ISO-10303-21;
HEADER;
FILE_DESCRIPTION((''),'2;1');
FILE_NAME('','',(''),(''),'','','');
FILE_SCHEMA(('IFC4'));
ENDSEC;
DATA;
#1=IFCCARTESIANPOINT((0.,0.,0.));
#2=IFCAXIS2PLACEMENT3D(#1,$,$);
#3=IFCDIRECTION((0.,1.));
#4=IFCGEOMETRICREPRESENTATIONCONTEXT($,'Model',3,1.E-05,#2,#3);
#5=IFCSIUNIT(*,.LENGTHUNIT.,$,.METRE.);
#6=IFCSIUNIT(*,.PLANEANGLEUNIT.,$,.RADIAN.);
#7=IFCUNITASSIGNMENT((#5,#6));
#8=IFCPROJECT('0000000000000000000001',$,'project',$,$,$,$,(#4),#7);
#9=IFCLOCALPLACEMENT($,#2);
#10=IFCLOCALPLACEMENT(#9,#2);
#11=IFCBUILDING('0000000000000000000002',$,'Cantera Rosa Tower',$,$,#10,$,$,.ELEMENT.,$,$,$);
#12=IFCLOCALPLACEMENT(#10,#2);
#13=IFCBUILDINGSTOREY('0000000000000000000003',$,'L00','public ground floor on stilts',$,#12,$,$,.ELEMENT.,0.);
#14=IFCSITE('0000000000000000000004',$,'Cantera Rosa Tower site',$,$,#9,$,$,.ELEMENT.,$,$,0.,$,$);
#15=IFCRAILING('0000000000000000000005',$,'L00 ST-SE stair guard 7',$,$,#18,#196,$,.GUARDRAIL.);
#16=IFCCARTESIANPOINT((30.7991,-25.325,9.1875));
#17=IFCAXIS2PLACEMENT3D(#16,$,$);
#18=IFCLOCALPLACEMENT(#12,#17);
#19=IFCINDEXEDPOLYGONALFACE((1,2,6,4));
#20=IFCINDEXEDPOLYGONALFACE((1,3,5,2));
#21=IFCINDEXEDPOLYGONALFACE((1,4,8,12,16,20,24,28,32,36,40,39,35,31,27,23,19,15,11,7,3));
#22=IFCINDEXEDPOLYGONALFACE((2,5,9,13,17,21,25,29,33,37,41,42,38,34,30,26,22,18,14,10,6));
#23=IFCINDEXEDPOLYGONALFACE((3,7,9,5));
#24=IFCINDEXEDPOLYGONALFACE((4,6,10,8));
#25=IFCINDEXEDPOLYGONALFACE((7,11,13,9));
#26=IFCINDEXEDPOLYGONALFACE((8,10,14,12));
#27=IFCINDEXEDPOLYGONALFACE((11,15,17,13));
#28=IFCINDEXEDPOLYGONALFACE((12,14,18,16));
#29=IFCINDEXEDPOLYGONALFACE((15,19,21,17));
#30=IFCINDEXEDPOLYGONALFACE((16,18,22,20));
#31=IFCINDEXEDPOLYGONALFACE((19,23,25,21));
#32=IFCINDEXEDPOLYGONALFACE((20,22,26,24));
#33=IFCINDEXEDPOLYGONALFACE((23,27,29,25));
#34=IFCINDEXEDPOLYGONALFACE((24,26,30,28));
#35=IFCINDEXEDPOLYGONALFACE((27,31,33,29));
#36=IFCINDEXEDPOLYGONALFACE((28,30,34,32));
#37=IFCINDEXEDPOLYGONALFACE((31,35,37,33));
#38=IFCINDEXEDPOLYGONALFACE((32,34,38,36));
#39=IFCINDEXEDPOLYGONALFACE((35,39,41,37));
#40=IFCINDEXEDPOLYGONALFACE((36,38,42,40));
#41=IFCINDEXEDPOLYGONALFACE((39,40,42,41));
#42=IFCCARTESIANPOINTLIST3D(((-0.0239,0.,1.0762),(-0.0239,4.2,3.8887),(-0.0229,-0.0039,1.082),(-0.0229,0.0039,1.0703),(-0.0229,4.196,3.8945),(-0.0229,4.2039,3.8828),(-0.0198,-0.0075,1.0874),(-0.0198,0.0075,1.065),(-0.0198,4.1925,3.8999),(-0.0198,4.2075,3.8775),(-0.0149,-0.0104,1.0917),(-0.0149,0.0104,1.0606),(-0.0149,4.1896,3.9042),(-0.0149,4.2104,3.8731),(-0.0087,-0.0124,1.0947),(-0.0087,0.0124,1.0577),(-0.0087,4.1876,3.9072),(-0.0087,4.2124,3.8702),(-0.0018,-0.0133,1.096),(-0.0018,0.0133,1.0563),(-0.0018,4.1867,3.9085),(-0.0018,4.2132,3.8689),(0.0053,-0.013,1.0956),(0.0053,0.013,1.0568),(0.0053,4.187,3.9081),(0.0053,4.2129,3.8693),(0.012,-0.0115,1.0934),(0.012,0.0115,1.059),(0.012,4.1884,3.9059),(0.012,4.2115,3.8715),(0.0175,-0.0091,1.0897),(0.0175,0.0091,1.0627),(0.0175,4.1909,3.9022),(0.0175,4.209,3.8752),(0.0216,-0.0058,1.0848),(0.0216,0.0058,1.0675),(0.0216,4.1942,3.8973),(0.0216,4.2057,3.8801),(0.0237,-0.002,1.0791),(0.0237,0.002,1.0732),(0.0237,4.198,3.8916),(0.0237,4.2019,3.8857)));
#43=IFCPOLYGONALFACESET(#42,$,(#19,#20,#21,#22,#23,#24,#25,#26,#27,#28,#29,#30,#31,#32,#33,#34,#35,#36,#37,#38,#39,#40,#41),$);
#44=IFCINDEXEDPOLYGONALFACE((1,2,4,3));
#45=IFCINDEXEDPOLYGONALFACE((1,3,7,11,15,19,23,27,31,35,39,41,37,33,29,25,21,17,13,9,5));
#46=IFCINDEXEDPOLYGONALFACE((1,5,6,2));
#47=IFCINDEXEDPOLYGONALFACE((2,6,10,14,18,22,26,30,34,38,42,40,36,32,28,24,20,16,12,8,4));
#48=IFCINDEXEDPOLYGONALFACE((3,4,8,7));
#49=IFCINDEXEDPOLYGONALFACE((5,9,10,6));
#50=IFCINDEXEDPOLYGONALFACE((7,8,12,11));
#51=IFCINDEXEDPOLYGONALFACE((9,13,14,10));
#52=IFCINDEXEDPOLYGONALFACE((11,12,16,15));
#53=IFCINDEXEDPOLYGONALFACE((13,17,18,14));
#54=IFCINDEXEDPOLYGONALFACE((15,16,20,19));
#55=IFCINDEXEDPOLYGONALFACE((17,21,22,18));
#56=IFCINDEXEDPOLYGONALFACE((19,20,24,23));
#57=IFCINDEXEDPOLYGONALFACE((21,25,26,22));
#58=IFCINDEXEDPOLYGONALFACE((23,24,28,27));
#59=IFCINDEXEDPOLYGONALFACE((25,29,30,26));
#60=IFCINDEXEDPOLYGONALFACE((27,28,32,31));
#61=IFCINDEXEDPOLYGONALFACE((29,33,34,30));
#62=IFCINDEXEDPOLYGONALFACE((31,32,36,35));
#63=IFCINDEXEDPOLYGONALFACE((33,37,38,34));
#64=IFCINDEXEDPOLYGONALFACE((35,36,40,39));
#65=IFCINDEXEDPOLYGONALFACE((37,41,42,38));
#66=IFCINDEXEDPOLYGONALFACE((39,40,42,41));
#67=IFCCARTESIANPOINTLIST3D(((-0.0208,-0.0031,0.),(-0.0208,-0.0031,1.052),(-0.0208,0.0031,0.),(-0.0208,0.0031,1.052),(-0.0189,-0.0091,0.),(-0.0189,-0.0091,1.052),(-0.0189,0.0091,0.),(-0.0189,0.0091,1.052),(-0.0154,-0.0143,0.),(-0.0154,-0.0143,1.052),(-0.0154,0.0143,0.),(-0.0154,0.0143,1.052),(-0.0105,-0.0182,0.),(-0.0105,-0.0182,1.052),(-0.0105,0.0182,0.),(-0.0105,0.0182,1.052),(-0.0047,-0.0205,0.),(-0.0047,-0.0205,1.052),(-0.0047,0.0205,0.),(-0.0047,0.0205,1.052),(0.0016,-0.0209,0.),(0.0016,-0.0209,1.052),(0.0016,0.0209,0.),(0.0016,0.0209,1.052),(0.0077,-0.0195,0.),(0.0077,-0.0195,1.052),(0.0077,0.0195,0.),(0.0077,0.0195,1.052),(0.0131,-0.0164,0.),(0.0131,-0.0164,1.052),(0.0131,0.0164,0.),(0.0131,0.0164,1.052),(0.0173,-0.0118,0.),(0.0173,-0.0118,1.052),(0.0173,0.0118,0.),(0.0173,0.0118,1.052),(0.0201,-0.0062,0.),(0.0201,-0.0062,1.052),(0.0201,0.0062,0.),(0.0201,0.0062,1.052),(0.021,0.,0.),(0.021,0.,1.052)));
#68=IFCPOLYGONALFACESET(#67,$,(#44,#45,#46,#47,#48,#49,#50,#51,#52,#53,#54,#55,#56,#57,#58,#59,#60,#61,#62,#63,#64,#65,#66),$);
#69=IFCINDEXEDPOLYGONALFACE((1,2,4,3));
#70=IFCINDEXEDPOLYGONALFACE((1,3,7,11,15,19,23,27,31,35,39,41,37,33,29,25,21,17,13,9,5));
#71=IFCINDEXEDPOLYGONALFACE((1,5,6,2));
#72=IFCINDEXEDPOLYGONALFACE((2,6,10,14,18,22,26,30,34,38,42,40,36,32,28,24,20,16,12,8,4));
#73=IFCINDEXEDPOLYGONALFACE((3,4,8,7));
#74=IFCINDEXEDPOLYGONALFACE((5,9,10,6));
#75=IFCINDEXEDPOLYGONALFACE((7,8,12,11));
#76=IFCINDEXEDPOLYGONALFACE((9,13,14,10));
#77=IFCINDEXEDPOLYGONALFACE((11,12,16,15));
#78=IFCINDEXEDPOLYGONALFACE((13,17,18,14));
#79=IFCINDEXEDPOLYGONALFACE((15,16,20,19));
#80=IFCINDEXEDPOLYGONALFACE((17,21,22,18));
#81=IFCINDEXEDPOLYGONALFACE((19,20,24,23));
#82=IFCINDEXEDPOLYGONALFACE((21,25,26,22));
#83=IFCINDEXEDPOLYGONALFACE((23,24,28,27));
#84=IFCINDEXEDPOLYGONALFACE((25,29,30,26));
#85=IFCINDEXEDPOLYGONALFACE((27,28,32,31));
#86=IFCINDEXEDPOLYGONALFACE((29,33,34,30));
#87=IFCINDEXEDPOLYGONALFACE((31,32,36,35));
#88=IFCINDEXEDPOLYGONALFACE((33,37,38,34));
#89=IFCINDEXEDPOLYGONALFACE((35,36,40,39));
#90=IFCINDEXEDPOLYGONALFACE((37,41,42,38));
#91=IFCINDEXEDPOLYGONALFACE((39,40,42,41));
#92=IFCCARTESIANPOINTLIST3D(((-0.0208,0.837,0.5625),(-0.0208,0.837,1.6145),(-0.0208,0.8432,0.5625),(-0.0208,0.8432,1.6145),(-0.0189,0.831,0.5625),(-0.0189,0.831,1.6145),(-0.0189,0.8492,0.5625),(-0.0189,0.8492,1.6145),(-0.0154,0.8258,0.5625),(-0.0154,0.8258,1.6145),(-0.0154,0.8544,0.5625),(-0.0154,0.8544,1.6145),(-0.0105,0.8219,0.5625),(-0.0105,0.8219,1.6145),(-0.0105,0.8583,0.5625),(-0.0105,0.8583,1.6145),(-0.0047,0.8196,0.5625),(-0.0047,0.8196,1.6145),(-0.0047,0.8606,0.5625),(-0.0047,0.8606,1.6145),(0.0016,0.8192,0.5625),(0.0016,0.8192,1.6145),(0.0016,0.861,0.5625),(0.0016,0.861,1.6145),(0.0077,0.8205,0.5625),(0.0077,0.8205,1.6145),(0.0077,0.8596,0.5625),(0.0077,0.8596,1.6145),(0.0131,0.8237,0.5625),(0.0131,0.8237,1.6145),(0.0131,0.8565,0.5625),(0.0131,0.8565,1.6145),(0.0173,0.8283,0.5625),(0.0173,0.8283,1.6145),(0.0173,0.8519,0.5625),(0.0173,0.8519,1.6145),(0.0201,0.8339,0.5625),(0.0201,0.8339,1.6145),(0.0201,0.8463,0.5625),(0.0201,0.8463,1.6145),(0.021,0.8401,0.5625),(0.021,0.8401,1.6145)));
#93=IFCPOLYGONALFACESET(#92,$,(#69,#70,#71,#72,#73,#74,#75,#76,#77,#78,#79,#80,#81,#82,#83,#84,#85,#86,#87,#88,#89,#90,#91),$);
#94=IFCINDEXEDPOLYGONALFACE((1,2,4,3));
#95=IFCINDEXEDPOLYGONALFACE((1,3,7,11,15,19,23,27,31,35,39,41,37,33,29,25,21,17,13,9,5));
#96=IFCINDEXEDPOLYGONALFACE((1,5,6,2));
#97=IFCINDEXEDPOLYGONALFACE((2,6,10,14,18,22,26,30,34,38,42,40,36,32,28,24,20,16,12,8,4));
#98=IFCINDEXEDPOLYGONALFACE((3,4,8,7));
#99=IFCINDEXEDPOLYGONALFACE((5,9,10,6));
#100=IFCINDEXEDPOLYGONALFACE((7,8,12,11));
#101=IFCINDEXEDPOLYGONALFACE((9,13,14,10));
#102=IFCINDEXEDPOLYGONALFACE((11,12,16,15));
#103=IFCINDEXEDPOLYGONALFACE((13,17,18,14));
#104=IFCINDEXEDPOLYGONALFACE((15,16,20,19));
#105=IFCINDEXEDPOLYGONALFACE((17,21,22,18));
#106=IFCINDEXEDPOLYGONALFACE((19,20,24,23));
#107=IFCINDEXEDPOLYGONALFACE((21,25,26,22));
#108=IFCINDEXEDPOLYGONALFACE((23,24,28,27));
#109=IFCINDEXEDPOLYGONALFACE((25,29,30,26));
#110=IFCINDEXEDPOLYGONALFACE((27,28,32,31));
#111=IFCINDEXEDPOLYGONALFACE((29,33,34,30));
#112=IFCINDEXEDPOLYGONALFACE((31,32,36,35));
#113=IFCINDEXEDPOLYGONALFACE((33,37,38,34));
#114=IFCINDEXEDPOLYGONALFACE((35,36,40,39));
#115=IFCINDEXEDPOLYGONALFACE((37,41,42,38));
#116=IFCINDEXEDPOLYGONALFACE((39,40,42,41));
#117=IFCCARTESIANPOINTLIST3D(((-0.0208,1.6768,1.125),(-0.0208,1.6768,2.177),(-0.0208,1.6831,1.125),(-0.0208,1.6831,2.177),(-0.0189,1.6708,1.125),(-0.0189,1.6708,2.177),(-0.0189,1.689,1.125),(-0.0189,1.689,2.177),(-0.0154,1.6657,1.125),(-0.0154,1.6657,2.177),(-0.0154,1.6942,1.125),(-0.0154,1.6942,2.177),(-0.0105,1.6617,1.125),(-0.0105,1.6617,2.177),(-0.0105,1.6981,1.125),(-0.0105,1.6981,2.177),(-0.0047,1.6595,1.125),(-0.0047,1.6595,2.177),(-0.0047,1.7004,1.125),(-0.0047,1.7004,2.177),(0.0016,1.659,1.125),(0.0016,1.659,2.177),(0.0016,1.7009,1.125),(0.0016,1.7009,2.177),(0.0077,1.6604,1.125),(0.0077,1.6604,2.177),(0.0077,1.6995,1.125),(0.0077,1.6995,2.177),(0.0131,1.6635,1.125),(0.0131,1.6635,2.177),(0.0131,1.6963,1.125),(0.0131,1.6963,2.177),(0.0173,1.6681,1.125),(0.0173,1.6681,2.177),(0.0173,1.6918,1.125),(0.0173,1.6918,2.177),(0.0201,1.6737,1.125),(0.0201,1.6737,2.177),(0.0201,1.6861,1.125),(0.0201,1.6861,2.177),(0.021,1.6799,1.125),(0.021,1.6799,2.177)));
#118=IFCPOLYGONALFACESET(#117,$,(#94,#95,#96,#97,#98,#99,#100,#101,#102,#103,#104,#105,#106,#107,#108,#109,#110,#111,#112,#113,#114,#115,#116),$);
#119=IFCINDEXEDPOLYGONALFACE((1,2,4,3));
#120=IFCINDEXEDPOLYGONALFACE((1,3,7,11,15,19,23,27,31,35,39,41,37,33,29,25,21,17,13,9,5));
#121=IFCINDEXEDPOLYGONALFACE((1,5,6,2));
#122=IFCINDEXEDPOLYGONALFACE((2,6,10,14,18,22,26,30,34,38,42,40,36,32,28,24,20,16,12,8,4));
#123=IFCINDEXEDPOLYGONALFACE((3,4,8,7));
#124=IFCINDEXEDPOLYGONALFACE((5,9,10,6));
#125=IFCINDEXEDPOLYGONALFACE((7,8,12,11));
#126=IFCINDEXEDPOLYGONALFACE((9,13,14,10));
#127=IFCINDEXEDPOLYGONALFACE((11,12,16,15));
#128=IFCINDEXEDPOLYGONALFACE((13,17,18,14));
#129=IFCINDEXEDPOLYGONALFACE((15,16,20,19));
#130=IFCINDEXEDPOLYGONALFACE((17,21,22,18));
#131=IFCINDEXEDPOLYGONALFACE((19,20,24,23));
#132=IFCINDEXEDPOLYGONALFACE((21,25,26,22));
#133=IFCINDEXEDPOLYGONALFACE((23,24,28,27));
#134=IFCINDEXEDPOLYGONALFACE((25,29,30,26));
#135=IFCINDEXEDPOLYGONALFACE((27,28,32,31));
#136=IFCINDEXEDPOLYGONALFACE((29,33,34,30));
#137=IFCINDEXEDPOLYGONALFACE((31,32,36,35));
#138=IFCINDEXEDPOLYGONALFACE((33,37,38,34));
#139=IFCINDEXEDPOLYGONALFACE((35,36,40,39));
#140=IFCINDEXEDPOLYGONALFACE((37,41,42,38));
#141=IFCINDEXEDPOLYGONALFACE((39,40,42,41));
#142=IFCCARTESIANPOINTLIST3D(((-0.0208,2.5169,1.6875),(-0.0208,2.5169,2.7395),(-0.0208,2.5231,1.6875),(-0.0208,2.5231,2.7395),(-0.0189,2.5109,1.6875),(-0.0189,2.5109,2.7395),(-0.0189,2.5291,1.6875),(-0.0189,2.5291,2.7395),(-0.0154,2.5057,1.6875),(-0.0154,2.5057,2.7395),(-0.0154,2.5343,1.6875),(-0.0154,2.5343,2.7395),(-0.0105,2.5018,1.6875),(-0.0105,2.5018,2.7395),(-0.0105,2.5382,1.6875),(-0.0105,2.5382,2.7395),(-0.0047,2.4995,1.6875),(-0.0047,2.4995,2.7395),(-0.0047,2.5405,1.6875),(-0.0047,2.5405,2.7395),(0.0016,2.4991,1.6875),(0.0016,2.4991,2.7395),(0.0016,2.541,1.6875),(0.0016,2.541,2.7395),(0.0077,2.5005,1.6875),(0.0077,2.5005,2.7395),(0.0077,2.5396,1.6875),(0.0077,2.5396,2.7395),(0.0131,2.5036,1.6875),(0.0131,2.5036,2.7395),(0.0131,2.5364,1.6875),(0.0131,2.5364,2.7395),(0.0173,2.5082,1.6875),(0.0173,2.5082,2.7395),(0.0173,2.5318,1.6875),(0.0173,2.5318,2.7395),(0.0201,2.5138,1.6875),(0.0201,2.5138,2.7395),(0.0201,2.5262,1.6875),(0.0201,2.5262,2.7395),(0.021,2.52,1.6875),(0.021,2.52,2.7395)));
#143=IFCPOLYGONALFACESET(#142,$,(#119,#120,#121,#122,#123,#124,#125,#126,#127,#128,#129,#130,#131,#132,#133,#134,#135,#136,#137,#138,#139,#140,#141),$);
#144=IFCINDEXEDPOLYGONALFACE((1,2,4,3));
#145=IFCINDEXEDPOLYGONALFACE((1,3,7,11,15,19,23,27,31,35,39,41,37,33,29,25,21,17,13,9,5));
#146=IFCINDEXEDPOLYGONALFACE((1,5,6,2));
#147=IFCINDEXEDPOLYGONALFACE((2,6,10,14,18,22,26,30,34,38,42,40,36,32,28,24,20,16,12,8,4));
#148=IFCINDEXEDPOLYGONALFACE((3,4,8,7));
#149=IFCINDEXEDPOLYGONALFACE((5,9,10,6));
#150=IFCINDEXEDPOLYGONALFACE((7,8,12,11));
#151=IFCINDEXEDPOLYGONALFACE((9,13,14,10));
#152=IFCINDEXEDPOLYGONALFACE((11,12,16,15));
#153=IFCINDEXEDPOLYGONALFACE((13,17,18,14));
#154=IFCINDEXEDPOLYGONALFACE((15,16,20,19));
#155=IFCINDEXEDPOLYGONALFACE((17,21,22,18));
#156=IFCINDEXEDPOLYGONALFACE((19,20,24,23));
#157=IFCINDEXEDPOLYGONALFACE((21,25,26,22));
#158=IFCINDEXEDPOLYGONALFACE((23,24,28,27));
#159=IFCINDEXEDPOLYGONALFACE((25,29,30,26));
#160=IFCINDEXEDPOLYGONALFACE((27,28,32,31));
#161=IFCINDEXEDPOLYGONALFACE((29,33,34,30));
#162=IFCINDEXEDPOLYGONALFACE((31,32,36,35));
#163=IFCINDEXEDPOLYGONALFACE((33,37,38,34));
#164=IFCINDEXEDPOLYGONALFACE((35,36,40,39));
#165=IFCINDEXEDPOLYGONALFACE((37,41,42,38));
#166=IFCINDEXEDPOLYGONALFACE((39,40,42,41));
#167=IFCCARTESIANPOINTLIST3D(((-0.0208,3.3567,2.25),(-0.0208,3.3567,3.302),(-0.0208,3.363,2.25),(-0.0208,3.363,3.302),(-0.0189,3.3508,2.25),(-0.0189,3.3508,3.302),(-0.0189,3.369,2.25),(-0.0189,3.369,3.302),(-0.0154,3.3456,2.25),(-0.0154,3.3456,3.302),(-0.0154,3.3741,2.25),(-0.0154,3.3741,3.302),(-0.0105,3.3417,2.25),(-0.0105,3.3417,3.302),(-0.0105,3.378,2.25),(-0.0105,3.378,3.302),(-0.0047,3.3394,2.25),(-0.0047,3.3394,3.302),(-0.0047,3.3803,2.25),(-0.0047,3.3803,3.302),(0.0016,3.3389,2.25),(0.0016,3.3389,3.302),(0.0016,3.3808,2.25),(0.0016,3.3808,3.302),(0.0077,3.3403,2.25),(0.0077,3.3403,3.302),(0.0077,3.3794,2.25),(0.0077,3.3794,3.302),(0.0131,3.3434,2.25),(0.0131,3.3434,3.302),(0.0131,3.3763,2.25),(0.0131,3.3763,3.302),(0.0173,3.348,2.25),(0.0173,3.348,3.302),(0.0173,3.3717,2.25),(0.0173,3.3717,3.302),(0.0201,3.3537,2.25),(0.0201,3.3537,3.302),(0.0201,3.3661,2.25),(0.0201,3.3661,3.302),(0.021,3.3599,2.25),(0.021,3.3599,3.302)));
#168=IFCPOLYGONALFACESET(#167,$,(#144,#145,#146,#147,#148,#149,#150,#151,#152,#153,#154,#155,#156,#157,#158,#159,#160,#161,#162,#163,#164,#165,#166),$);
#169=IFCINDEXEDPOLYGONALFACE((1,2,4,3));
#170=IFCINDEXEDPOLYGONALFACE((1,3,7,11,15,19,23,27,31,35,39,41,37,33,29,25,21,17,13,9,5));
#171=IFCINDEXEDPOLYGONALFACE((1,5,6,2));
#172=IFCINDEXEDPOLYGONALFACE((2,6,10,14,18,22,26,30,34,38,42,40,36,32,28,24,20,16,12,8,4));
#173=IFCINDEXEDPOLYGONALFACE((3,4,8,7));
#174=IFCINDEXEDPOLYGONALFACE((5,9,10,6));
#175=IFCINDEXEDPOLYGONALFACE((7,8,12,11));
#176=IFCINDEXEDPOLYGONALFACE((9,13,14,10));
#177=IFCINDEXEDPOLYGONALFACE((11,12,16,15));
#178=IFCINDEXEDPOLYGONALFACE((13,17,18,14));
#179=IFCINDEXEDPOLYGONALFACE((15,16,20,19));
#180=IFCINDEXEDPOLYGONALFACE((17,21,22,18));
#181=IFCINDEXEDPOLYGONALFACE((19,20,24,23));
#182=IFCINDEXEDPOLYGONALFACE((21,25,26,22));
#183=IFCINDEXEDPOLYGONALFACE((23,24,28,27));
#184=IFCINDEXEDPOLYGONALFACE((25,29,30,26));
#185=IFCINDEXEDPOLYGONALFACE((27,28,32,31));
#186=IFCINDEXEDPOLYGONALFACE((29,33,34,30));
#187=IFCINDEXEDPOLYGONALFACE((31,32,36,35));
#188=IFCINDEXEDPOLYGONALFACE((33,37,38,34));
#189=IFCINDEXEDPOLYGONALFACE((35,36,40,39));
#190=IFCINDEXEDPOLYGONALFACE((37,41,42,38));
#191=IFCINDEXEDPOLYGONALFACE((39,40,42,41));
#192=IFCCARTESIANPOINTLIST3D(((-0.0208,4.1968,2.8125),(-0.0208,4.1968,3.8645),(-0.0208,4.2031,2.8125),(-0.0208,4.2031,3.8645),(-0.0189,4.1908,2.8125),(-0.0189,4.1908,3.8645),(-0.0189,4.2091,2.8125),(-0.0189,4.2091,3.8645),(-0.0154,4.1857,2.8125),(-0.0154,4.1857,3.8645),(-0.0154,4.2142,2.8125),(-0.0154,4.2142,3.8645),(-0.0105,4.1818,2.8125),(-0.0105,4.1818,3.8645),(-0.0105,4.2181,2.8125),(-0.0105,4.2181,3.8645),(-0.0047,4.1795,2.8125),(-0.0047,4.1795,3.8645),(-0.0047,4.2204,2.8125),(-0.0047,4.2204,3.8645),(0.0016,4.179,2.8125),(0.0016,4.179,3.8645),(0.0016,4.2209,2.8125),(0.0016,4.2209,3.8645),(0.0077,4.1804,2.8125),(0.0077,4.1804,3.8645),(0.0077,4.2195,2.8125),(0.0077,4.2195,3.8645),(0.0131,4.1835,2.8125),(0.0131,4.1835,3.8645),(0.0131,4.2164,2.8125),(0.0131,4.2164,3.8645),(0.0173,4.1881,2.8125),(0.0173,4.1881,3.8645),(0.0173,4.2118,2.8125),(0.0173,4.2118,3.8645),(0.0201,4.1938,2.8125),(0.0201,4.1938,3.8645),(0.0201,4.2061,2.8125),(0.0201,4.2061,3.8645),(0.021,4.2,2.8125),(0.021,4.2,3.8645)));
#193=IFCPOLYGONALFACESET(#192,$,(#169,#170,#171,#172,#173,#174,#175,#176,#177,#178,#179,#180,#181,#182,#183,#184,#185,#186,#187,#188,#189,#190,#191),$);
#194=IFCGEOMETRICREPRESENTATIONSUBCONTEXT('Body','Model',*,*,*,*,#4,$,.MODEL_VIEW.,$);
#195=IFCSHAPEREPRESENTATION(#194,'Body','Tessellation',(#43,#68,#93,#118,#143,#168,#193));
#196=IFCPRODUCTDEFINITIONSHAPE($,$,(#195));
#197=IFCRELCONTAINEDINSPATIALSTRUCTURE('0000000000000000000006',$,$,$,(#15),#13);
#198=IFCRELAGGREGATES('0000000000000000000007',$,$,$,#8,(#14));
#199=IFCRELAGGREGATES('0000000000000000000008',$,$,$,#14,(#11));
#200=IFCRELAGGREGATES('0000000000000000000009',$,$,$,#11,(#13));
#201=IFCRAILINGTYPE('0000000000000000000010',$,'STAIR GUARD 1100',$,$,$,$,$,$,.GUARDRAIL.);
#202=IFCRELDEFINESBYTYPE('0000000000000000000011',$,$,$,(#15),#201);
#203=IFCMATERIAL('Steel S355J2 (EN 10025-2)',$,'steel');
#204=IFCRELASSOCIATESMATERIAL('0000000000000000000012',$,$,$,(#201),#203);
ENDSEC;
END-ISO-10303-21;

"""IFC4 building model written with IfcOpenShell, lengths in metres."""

from ifc_helpers import new_model, si_unit, direction, frame, origin, origin_2d, place, context, subcontext, project, spatial, circle, extrude, material, type_object, element, save


model = new_model("IFC4")

# Units and contexts
model_context = context("Model", 3, precision=1e-05, world=origin(), true_north=direction((0.0, 1.0)))
body_context = subcontext(model_context, "Body", "Model", "MODEL_VIEW")
ifc_project = project(units=[si_unit("LENGTHUNIT", "METRE"), si_unit("PLANEANGLEUNIT", "RADIAN")], contexts=[model_context])

# Site, building, storey
site_placement = place(None, origin())
site = spatial("IfcSite", under=ifc_project, at=site_placement, Name="Cantera Rosa Tower site", CompositionType="ELEMENT", RefElevation=0.0)
building_placement = place(site_placement, origin())
building = spatial("IfcBuilding", under=site, at=building_placement, Name="Cantera Rosa Tower", CompositionType="ELEMENT")
storey_placement = place(building_placement, origin())
storey = spatial("IfcBuildingStorey", under=building, at=storey_placement, Name="L00", Description="public ground floor on stilts", CompositionType="ELEMENT", Elevation=0.0)

# Railing
ifc_material_1 = material(Name="Steel S355J2 (EN 10025-2)", Category="steel")
railing_type_1 = type_object("IfcRailingType", Name="STAIR GUARD 1100", PredefinedType="GUARDRAIL", material=ifc_material_1)
railing_1_placement = place(storey_placement, frame((30.7991, -25.325, 9.1875)))
element("IfcRailing", 1, at=railing_1_placement, inside=storey, type_object=railing_type_1, Name="L00 ST-SE stair guard 7", PredefinedType="GUARDRAIL", context=body_context, shape_type="SweptSolid", body=[
    extrude(circle(Radius=0.0239, at=origin_2d()), frame((0.0, 0.0, 1.0762), z_axis=(0.0, 0.830904, 0.556416), x_axis=(-1.0, 0.0, 0.0)), (0.0, 0.0, 1.0), 5.0547),
    extrude(circle(Radius=0.021, at=origin_2d()), origin(), (0.0, 0.0, 1.0), 1.052),
    extrude(circle(Radius=0.021, at=origin_2d()), frame((0.0, 0.8401, 0.5625)), (0.0, 0.0, 1.0), 1.052),
    extrude(circle(Radius=0.021, at=origin_2d()), frame((0.0, 1.6799, 1.125)), (0.0, 0.0, 1.0), 1.052),
    extrude(circle(Radius=0.021, at=origin_2d()), frame((0.0, 2.52, 1.6875)), (0.0, 0.0, 1.0), 1.052),
    extrude(circle(Radius=0.021, at=origin_2d()), frame((0.0, 3.3599, 2.25)), (0.0, 0.0, 1.0), 1.052),
    extrude(circle(Radius=0.021, at=origin_2d()), frame((0.0, 4.2, 2.8125)), (0.0, 0.0, 1.0), 1.052),
])

save(model, "model.ifc")
